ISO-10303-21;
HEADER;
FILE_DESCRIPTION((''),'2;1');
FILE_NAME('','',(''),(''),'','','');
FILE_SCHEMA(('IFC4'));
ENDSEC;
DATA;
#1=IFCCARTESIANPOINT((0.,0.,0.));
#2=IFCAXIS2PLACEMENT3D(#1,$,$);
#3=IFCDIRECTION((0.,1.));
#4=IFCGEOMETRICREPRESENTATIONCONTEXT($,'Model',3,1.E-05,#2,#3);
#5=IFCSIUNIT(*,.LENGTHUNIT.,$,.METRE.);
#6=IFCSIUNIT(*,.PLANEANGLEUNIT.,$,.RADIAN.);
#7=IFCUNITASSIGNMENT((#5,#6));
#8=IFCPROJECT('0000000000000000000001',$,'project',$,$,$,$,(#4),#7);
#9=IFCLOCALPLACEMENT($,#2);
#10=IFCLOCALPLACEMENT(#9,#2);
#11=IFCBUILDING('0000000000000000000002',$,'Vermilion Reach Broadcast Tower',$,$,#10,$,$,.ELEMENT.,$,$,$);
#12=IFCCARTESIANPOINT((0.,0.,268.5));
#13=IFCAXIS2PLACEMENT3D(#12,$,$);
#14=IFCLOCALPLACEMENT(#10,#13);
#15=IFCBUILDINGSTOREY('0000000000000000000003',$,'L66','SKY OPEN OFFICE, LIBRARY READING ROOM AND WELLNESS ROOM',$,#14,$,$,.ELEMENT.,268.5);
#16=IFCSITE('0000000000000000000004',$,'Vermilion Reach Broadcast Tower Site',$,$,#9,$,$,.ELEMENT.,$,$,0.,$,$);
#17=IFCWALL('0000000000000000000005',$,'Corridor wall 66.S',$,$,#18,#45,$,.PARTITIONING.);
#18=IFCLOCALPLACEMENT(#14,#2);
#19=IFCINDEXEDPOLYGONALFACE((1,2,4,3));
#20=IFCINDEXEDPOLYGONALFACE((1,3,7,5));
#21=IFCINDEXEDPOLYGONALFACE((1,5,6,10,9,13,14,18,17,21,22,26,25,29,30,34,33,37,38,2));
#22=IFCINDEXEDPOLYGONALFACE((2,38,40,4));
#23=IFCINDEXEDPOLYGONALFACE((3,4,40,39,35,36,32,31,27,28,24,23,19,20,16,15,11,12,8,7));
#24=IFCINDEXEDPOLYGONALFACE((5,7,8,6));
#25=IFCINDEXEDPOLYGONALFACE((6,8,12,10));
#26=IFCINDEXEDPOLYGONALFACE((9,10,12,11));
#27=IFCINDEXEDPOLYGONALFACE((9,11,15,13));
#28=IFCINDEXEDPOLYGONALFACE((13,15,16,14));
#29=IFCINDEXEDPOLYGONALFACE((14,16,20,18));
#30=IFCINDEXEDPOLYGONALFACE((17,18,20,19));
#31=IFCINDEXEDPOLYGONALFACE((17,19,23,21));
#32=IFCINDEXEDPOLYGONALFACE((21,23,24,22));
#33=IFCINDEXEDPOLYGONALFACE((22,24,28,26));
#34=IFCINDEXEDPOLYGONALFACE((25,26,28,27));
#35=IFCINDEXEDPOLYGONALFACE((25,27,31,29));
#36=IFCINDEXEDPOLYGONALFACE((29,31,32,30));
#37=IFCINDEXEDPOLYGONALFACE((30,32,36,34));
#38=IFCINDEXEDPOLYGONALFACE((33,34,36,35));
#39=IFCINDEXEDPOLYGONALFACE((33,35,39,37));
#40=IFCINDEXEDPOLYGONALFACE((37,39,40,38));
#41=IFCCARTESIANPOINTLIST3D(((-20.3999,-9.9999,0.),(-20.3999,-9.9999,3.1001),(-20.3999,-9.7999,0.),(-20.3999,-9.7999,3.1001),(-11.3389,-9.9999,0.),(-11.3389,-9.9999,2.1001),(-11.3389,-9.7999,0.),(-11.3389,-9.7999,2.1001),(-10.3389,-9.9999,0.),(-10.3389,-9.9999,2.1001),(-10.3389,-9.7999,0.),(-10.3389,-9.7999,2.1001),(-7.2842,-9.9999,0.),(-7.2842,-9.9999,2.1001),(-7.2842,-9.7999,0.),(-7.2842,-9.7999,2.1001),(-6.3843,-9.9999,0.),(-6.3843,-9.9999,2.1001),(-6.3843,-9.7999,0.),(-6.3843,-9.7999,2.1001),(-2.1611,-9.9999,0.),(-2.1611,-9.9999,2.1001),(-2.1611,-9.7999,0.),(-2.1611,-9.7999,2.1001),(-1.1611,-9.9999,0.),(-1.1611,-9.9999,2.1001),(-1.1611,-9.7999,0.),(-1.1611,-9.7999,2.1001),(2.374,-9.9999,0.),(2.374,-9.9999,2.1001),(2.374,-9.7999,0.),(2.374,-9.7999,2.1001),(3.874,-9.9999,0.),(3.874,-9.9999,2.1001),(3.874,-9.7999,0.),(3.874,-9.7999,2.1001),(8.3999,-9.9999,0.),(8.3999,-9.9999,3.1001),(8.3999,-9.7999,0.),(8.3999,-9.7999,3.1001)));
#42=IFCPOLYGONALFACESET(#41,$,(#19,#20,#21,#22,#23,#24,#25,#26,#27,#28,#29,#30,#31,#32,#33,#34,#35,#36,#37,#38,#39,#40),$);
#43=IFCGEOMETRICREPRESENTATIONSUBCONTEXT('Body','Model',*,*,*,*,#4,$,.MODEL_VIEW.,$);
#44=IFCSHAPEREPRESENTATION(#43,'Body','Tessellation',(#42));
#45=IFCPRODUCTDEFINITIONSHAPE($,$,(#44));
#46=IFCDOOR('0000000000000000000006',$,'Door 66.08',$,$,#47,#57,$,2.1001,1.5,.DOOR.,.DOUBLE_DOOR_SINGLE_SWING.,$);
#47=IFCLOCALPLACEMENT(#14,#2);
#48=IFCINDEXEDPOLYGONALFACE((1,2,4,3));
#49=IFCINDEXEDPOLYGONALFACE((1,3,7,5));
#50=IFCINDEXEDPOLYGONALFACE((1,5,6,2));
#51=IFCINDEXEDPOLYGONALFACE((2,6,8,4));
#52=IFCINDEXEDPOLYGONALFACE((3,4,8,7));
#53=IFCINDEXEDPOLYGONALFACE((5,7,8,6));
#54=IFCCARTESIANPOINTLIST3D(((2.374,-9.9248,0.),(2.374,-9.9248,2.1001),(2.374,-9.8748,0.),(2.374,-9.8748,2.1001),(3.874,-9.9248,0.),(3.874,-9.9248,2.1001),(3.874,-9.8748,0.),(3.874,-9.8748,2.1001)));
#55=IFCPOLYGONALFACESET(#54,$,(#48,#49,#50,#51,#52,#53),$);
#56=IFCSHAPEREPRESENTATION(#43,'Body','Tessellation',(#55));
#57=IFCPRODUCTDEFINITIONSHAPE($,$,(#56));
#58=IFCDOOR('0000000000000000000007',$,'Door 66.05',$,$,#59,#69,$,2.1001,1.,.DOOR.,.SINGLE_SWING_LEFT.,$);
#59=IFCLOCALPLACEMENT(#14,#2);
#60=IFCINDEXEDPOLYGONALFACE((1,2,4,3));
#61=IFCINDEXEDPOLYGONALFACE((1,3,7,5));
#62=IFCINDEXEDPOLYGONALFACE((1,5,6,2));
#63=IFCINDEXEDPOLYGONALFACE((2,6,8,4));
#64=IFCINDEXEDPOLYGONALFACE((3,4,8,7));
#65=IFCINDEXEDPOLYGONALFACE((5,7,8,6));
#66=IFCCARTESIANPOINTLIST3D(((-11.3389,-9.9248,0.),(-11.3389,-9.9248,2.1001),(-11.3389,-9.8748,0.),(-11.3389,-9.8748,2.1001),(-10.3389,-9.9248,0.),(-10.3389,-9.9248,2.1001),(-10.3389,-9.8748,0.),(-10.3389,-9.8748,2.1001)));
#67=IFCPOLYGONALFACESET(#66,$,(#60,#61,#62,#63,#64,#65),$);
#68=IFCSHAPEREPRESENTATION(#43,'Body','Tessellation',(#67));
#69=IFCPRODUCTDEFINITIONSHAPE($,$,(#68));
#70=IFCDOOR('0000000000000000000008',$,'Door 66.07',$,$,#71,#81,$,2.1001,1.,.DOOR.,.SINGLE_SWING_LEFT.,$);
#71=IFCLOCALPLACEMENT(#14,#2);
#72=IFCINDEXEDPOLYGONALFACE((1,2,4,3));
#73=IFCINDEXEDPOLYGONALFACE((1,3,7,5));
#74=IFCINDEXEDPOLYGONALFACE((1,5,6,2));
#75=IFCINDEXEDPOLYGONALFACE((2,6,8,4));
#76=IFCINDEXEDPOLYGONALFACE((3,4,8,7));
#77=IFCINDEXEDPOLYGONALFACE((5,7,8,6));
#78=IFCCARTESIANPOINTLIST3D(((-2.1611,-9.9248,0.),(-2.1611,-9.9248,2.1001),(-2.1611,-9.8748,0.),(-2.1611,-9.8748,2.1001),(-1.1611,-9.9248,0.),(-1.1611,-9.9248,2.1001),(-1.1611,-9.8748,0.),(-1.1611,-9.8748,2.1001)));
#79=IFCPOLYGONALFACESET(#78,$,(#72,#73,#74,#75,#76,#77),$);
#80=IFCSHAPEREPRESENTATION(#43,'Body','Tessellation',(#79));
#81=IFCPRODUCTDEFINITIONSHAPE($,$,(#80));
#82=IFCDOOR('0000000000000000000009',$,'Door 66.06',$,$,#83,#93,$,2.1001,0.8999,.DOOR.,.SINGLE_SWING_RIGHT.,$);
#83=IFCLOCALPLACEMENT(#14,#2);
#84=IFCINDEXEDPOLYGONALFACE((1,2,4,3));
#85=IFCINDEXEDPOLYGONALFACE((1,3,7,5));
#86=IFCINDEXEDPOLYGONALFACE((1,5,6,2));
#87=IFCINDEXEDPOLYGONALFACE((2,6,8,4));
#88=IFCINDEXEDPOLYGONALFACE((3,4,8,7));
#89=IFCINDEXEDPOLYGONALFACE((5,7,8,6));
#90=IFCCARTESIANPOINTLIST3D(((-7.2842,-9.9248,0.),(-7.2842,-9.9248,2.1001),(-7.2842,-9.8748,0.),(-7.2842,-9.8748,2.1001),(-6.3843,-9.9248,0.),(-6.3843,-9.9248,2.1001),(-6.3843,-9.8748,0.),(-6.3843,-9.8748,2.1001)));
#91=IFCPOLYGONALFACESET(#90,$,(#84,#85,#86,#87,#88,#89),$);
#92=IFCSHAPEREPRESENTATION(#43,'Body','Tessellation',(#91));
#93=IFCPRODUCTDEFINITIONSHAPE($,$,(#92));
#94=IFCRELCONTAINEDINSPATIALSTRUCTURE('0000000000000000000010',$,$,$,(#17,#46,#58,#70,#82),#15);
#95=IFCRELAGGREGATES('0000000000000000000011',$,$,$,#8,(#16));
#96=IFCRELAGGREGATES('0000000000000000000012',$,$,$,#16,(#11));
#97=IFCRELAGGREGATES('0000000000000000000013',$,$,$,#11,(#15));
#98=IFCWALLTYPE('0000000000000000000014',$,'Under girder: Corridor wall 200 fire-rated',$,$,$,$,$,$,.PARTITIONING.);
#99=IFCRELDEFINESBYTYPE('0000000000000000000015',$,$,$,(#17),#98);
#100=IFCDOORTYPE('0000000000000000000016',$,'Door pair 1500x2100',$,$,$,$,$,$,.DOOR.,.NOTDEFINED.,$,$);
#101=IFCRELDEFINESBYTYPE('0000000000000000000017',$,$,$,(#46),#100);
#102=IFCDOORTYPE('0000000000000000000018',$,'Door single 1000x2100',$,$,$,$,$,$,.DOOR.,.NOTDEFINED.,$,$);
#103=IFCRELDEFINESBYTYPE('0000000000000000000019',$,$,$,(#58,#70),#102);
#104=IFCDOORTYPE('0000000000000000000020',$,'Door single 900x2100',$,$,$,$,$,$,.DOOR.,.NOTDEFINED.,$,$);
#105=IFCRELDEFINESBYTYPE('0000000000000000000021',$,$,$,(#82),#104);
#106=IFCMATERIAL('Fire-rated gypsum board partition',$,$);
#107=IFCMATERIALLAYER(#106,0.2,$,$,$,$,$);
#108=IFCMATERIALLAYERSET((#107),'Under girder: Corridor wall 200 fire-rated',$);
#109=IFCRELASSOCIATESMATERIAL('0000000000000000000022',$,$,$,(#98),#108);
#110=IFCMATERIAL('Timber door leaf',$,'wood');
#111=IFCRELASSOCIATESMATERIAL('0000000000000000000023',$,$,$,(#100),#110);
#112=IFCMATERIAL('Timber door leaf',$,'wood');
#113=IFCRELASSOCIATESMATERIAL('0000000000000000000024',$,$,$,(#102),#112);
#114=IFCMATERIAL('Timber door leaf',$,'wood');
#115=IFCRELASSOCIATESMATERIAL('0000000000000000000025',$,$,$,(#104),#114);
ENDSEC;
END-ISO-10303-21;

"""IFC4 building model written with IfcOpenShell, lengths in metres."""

from ifc_helpers import new_model, si_unit, direction, frame, frame_2d, origin, place, context, subcontext, project, spatial, rectangle, extrude, material, layer, layer_set, type_object, element, fill, save


model = new_model("IFC4")

# Units and contexts
model_context = context("Model", 3, precision=1e-05, world=origin(), true_north=direction((0.0, 1.0)))
body_context = subcontext(model_context, "Body", "Model", "MODEL_VIEW")
ifc_project = project(units=[si_unit("LENGTHUNIT", "METRE"), si_unit("PLANEANGLEUNIT", "RADIAN")], contexts=[model_context])

# Site, building, storey
site_placement = place(None, origin())
site = spatial("IfcSite", under=ifc_project, at=site_placement, Name="Vermilion Reach Broadcast Tower Site", CompositionType="ELEMENT", RefElevation=0.0)
building_placement = place(site_placement, origin())
building = spatial("IfcBuilding", under=site, at=building_placement, Name="Vermilion Reach Broadcast Tower", CompositionType="ELEMENT")
storey_placement = place(building_placement, frame((0.0, 0.0, 268.5)))
storey = spatial("IfcBuildingStorey", under=building, at=storey_placement, Name="L66", Description="SKY OPEN OFFICE, LIBRARY READING ROOM AND WELLNESS ROOM", CompositionType="ELEMENT", Elevation=268.5)

# Wall, openings, doors
ifc_material_1 = material(Name="Fire-rated gypsum board partition")
ifc_layer_1 = layer(ifc_material_1, 0.2)
ifc_layer_set_1 = layer_set([ifc_layer_1], Name="Under girder: Corridor wall 200 fire-rated")
wall_type_1 = type_object("IfcWallType", Name="Under girder: Corridor wall 200 fire-rated", PredefinedType="PARTITIONING", material=ifc_layer_set_1)
wall_1_placement = place(storey_placement, frame((8.3999, -9.8999, 0.0), z_axis=(0.0, 0.0, 1.0), x_axis=(-1.0, 0.0, 0.0)))
wall_1 = element("IfcWall", 1, at=wall_1_placement, inside=storey, type_object=wall_type_1, Name="Corridor wall 66.S", PredefinedType="PARTITIONING", context=body_context, shape_type="SweptSolid", body=[
    extrude(rectangle(XDim=28.7998, YDim=0.2, at=frame_2d((14.3999, 0.0))), origin(), (0.0, 0.0, 1.0), 3.1001),
])
opening_1_placement = place(wall_1_placement, frame((18.7388, 0.0, 0.0)))
opening_1 = element("IfcOpeningElement", 2, at=opening_1_placement, cuts=wall_1, PredefinedType="OPENING", context=body_context, shape_type="SweptSolid", body=[
    extrude(rectangle(XDim=1.0, YDim=2.1001, at=frame_2d((0.5, 1.05))), frame((0.0, 0.1099, 0.0), z_axis=(0.0, -1.0, 0.0), x_axis=(1.0, 0.0, 0.0)), (0.0, 0.0, 1.0), 0.22),
])
opening_2_placement = place(wall_1_placement, frame((14.7842, 0.0, 0.0)))
opening_2 = element("IfcOpeningElement", 3, at=opening_2_placement, cuts=wall_1, PredefinedType="OPENING", context=body_context, shape_type="SweptSolid", body=[
    extrude(rectangle(XDim=0.8999, YDim=2.1001, at=frame_2d((0.45, 1.05))), frame((0.0, 0.1099, 0.0), z_axis=(0.0, -1.0, 0.0), x_axis=(1.0, 0.0, 0.0)), (0.0, 0.0, 1.0), 0.22),
])
opening_3_placement = place(wall_1_placement, frame((9.561, 0.0, 0.0)))
opening_3 = element("IfcOpeningElement", 4, at=opening_3_placement, cuts=wall_1, PredefinedType="OPENING", context=body_context, shape_type="SweptSolid", body=[
    extrude(rectangle(XDim=1.0, YDim=2.1001, at=frame_2d((0.5, 1.05))), frame((0.0, 0.1099, 0.0), z_axis=(0.0, -1.0, 0.0), x_axis=(1.0, 0.0, 0.0)), (0.0, 0.0, 1.0), 0.22),
])
opening_4_placement = place(wall_1_placement, frame((4.5259, 0.0, 0.0)))
opening_4 = element("IfcOpeningElement", 5, at=opening_4_placement, cuts=wall_1, PredefinedType="OPENING", context=body_context, shape_type="SweptSolid", body=[
    extrude(rectangle(XDim=1.5, YDim=2.1001, at=frame_2d((0.75, 1.05))), frame((0.0, 0.1099, 0.0), z_axis=(0.0, -1.0, 0.0), x_axis=(1.0, 0.0, 0.0)), (0.0, 0.0, 1.0), 0.22),
])
ifc_material_2 = material(Name="Timber door leaf", Category="wood")
door_type_1 = type_object("IfcDoorType", Name="Door pair 1500x2100", OperationType="NOTDEFINED", PredefinedType="DOOR", material=ifc_material_2)
door_1_placement = place(opening_4_placement, origin())
door_1 = element("IfcDoor", 6, at=door_1_placement, inside=storey, type_object=door_type_1, Name="Door 66.08", OperationType="DOUBLE_DOOR_SINGLE_SWING", OverallHeight=2.1001, OverallWidth=1.5, PredefinedType="DOOR", context=body_context, shape_type="SweptSolid", body=[
    extrude(rectangle(XDim=1.5, YDim=2.1001, at=frame_2d((0.75, 1.05))), frame((0.0, 0.0249, 0.0), z_axis=(0.0, -1.0, 0.0), x_axis=(1.0, 0.0, 0.0)), (0.0, 0.0, 1.0), 0.05),
])
fill(opening_4, door_1)
ifc_material_3 = material(Name="Timber door leaf", Category="wood")
door_type_2 = type_object("IfcDoorType", Name="Door single 1000x2100", OperationType="NOTDEFINED", PredefinedType="DOOR", material=ifc_material_3)
door_2_placement = place(opening_1_placement, origin())
door_2 = element("IfcDoor", 7, at=door_2_placement, inside=storey, type_object=door_type_2, Name="Door 66.05", OperationType="SINGLE_SWING_LEFT", OverallHeight=2.1001, OverallWidth=1.0, PredefinedType="DOOR", context=body_context, shape_type="SweptSolid", body=[
    extrude(rectangle(XDim=1.0, YDim=2.1001, at=frame_2d((0.5, 1.05))), frame((0.0, 0.0249, 0.0), z_axis=(0.0, -1.0, 0.0), x_axis=(1.0, 0.0, 0.0)), (0.0, 0.0, 1.0), 0.05),
])
fill(opening_1, door_2)
door_3_placement = place(opening_3_placement, origin())
door_3 = element("IfcDoor", 8, at=door_3_placement, inside=storey, type_object=door_type_2, Name="Door 66.07", OperationType="SINGLE_SWING_LEFT", OverallHeight=2.1001, OverallWidth=1.0, PredefinedType="DOOR", context=body_context, shape_type="SweptSolid", body=[
    extrude(rectangle(XDim=1.0, YDim=2.1001, at=frame_2d((0.5, 1.05))), frame((0.0, 0.0249, 0.0), z_axis=(0.0, -1.0, 0.0), x_axis=(1.0, 0.0, 0.0)), (0.0, 0.0, 1.0), 0.05),
])
fill(opening_3, door_3)
ifc_material_4 = material(Name="Timber door leaf", Category="wood")
door_type_3 = type_object("IfcDoorType", Name="Door single 900x2100", OperationType="NOTDEFINED", PredefinedType="DOOR", material=ifc_material_4)
door_4_placement = place(opening_2_placement, origin())
door_4 = element("IfcDoor", 9, at=door_4_placement, inside=storey, type_object=door_type_3, Name="Door 66.06", OperationType="SINGLE_SWING_RIGHT", OverallHeight=2.1001, OverallWidth=0.8999, PredefinedType="DOOR", context=body_context, shape_type="SweptSolid", body=[
    extrude(rectangle(XDim=0.8999, YDim=2.1001, at=frame_2d((0.45, 1.05))), frame((0.0, 0.0249, 0.0), z_axis=(0.0, -1.0, 0.0), x_axis=(1.0, 0.0, 0.0)), (0.0, 0.0, 1.0), 0.05),
])
fill(opening_2, door_4)

save(model, "model.ifc")
